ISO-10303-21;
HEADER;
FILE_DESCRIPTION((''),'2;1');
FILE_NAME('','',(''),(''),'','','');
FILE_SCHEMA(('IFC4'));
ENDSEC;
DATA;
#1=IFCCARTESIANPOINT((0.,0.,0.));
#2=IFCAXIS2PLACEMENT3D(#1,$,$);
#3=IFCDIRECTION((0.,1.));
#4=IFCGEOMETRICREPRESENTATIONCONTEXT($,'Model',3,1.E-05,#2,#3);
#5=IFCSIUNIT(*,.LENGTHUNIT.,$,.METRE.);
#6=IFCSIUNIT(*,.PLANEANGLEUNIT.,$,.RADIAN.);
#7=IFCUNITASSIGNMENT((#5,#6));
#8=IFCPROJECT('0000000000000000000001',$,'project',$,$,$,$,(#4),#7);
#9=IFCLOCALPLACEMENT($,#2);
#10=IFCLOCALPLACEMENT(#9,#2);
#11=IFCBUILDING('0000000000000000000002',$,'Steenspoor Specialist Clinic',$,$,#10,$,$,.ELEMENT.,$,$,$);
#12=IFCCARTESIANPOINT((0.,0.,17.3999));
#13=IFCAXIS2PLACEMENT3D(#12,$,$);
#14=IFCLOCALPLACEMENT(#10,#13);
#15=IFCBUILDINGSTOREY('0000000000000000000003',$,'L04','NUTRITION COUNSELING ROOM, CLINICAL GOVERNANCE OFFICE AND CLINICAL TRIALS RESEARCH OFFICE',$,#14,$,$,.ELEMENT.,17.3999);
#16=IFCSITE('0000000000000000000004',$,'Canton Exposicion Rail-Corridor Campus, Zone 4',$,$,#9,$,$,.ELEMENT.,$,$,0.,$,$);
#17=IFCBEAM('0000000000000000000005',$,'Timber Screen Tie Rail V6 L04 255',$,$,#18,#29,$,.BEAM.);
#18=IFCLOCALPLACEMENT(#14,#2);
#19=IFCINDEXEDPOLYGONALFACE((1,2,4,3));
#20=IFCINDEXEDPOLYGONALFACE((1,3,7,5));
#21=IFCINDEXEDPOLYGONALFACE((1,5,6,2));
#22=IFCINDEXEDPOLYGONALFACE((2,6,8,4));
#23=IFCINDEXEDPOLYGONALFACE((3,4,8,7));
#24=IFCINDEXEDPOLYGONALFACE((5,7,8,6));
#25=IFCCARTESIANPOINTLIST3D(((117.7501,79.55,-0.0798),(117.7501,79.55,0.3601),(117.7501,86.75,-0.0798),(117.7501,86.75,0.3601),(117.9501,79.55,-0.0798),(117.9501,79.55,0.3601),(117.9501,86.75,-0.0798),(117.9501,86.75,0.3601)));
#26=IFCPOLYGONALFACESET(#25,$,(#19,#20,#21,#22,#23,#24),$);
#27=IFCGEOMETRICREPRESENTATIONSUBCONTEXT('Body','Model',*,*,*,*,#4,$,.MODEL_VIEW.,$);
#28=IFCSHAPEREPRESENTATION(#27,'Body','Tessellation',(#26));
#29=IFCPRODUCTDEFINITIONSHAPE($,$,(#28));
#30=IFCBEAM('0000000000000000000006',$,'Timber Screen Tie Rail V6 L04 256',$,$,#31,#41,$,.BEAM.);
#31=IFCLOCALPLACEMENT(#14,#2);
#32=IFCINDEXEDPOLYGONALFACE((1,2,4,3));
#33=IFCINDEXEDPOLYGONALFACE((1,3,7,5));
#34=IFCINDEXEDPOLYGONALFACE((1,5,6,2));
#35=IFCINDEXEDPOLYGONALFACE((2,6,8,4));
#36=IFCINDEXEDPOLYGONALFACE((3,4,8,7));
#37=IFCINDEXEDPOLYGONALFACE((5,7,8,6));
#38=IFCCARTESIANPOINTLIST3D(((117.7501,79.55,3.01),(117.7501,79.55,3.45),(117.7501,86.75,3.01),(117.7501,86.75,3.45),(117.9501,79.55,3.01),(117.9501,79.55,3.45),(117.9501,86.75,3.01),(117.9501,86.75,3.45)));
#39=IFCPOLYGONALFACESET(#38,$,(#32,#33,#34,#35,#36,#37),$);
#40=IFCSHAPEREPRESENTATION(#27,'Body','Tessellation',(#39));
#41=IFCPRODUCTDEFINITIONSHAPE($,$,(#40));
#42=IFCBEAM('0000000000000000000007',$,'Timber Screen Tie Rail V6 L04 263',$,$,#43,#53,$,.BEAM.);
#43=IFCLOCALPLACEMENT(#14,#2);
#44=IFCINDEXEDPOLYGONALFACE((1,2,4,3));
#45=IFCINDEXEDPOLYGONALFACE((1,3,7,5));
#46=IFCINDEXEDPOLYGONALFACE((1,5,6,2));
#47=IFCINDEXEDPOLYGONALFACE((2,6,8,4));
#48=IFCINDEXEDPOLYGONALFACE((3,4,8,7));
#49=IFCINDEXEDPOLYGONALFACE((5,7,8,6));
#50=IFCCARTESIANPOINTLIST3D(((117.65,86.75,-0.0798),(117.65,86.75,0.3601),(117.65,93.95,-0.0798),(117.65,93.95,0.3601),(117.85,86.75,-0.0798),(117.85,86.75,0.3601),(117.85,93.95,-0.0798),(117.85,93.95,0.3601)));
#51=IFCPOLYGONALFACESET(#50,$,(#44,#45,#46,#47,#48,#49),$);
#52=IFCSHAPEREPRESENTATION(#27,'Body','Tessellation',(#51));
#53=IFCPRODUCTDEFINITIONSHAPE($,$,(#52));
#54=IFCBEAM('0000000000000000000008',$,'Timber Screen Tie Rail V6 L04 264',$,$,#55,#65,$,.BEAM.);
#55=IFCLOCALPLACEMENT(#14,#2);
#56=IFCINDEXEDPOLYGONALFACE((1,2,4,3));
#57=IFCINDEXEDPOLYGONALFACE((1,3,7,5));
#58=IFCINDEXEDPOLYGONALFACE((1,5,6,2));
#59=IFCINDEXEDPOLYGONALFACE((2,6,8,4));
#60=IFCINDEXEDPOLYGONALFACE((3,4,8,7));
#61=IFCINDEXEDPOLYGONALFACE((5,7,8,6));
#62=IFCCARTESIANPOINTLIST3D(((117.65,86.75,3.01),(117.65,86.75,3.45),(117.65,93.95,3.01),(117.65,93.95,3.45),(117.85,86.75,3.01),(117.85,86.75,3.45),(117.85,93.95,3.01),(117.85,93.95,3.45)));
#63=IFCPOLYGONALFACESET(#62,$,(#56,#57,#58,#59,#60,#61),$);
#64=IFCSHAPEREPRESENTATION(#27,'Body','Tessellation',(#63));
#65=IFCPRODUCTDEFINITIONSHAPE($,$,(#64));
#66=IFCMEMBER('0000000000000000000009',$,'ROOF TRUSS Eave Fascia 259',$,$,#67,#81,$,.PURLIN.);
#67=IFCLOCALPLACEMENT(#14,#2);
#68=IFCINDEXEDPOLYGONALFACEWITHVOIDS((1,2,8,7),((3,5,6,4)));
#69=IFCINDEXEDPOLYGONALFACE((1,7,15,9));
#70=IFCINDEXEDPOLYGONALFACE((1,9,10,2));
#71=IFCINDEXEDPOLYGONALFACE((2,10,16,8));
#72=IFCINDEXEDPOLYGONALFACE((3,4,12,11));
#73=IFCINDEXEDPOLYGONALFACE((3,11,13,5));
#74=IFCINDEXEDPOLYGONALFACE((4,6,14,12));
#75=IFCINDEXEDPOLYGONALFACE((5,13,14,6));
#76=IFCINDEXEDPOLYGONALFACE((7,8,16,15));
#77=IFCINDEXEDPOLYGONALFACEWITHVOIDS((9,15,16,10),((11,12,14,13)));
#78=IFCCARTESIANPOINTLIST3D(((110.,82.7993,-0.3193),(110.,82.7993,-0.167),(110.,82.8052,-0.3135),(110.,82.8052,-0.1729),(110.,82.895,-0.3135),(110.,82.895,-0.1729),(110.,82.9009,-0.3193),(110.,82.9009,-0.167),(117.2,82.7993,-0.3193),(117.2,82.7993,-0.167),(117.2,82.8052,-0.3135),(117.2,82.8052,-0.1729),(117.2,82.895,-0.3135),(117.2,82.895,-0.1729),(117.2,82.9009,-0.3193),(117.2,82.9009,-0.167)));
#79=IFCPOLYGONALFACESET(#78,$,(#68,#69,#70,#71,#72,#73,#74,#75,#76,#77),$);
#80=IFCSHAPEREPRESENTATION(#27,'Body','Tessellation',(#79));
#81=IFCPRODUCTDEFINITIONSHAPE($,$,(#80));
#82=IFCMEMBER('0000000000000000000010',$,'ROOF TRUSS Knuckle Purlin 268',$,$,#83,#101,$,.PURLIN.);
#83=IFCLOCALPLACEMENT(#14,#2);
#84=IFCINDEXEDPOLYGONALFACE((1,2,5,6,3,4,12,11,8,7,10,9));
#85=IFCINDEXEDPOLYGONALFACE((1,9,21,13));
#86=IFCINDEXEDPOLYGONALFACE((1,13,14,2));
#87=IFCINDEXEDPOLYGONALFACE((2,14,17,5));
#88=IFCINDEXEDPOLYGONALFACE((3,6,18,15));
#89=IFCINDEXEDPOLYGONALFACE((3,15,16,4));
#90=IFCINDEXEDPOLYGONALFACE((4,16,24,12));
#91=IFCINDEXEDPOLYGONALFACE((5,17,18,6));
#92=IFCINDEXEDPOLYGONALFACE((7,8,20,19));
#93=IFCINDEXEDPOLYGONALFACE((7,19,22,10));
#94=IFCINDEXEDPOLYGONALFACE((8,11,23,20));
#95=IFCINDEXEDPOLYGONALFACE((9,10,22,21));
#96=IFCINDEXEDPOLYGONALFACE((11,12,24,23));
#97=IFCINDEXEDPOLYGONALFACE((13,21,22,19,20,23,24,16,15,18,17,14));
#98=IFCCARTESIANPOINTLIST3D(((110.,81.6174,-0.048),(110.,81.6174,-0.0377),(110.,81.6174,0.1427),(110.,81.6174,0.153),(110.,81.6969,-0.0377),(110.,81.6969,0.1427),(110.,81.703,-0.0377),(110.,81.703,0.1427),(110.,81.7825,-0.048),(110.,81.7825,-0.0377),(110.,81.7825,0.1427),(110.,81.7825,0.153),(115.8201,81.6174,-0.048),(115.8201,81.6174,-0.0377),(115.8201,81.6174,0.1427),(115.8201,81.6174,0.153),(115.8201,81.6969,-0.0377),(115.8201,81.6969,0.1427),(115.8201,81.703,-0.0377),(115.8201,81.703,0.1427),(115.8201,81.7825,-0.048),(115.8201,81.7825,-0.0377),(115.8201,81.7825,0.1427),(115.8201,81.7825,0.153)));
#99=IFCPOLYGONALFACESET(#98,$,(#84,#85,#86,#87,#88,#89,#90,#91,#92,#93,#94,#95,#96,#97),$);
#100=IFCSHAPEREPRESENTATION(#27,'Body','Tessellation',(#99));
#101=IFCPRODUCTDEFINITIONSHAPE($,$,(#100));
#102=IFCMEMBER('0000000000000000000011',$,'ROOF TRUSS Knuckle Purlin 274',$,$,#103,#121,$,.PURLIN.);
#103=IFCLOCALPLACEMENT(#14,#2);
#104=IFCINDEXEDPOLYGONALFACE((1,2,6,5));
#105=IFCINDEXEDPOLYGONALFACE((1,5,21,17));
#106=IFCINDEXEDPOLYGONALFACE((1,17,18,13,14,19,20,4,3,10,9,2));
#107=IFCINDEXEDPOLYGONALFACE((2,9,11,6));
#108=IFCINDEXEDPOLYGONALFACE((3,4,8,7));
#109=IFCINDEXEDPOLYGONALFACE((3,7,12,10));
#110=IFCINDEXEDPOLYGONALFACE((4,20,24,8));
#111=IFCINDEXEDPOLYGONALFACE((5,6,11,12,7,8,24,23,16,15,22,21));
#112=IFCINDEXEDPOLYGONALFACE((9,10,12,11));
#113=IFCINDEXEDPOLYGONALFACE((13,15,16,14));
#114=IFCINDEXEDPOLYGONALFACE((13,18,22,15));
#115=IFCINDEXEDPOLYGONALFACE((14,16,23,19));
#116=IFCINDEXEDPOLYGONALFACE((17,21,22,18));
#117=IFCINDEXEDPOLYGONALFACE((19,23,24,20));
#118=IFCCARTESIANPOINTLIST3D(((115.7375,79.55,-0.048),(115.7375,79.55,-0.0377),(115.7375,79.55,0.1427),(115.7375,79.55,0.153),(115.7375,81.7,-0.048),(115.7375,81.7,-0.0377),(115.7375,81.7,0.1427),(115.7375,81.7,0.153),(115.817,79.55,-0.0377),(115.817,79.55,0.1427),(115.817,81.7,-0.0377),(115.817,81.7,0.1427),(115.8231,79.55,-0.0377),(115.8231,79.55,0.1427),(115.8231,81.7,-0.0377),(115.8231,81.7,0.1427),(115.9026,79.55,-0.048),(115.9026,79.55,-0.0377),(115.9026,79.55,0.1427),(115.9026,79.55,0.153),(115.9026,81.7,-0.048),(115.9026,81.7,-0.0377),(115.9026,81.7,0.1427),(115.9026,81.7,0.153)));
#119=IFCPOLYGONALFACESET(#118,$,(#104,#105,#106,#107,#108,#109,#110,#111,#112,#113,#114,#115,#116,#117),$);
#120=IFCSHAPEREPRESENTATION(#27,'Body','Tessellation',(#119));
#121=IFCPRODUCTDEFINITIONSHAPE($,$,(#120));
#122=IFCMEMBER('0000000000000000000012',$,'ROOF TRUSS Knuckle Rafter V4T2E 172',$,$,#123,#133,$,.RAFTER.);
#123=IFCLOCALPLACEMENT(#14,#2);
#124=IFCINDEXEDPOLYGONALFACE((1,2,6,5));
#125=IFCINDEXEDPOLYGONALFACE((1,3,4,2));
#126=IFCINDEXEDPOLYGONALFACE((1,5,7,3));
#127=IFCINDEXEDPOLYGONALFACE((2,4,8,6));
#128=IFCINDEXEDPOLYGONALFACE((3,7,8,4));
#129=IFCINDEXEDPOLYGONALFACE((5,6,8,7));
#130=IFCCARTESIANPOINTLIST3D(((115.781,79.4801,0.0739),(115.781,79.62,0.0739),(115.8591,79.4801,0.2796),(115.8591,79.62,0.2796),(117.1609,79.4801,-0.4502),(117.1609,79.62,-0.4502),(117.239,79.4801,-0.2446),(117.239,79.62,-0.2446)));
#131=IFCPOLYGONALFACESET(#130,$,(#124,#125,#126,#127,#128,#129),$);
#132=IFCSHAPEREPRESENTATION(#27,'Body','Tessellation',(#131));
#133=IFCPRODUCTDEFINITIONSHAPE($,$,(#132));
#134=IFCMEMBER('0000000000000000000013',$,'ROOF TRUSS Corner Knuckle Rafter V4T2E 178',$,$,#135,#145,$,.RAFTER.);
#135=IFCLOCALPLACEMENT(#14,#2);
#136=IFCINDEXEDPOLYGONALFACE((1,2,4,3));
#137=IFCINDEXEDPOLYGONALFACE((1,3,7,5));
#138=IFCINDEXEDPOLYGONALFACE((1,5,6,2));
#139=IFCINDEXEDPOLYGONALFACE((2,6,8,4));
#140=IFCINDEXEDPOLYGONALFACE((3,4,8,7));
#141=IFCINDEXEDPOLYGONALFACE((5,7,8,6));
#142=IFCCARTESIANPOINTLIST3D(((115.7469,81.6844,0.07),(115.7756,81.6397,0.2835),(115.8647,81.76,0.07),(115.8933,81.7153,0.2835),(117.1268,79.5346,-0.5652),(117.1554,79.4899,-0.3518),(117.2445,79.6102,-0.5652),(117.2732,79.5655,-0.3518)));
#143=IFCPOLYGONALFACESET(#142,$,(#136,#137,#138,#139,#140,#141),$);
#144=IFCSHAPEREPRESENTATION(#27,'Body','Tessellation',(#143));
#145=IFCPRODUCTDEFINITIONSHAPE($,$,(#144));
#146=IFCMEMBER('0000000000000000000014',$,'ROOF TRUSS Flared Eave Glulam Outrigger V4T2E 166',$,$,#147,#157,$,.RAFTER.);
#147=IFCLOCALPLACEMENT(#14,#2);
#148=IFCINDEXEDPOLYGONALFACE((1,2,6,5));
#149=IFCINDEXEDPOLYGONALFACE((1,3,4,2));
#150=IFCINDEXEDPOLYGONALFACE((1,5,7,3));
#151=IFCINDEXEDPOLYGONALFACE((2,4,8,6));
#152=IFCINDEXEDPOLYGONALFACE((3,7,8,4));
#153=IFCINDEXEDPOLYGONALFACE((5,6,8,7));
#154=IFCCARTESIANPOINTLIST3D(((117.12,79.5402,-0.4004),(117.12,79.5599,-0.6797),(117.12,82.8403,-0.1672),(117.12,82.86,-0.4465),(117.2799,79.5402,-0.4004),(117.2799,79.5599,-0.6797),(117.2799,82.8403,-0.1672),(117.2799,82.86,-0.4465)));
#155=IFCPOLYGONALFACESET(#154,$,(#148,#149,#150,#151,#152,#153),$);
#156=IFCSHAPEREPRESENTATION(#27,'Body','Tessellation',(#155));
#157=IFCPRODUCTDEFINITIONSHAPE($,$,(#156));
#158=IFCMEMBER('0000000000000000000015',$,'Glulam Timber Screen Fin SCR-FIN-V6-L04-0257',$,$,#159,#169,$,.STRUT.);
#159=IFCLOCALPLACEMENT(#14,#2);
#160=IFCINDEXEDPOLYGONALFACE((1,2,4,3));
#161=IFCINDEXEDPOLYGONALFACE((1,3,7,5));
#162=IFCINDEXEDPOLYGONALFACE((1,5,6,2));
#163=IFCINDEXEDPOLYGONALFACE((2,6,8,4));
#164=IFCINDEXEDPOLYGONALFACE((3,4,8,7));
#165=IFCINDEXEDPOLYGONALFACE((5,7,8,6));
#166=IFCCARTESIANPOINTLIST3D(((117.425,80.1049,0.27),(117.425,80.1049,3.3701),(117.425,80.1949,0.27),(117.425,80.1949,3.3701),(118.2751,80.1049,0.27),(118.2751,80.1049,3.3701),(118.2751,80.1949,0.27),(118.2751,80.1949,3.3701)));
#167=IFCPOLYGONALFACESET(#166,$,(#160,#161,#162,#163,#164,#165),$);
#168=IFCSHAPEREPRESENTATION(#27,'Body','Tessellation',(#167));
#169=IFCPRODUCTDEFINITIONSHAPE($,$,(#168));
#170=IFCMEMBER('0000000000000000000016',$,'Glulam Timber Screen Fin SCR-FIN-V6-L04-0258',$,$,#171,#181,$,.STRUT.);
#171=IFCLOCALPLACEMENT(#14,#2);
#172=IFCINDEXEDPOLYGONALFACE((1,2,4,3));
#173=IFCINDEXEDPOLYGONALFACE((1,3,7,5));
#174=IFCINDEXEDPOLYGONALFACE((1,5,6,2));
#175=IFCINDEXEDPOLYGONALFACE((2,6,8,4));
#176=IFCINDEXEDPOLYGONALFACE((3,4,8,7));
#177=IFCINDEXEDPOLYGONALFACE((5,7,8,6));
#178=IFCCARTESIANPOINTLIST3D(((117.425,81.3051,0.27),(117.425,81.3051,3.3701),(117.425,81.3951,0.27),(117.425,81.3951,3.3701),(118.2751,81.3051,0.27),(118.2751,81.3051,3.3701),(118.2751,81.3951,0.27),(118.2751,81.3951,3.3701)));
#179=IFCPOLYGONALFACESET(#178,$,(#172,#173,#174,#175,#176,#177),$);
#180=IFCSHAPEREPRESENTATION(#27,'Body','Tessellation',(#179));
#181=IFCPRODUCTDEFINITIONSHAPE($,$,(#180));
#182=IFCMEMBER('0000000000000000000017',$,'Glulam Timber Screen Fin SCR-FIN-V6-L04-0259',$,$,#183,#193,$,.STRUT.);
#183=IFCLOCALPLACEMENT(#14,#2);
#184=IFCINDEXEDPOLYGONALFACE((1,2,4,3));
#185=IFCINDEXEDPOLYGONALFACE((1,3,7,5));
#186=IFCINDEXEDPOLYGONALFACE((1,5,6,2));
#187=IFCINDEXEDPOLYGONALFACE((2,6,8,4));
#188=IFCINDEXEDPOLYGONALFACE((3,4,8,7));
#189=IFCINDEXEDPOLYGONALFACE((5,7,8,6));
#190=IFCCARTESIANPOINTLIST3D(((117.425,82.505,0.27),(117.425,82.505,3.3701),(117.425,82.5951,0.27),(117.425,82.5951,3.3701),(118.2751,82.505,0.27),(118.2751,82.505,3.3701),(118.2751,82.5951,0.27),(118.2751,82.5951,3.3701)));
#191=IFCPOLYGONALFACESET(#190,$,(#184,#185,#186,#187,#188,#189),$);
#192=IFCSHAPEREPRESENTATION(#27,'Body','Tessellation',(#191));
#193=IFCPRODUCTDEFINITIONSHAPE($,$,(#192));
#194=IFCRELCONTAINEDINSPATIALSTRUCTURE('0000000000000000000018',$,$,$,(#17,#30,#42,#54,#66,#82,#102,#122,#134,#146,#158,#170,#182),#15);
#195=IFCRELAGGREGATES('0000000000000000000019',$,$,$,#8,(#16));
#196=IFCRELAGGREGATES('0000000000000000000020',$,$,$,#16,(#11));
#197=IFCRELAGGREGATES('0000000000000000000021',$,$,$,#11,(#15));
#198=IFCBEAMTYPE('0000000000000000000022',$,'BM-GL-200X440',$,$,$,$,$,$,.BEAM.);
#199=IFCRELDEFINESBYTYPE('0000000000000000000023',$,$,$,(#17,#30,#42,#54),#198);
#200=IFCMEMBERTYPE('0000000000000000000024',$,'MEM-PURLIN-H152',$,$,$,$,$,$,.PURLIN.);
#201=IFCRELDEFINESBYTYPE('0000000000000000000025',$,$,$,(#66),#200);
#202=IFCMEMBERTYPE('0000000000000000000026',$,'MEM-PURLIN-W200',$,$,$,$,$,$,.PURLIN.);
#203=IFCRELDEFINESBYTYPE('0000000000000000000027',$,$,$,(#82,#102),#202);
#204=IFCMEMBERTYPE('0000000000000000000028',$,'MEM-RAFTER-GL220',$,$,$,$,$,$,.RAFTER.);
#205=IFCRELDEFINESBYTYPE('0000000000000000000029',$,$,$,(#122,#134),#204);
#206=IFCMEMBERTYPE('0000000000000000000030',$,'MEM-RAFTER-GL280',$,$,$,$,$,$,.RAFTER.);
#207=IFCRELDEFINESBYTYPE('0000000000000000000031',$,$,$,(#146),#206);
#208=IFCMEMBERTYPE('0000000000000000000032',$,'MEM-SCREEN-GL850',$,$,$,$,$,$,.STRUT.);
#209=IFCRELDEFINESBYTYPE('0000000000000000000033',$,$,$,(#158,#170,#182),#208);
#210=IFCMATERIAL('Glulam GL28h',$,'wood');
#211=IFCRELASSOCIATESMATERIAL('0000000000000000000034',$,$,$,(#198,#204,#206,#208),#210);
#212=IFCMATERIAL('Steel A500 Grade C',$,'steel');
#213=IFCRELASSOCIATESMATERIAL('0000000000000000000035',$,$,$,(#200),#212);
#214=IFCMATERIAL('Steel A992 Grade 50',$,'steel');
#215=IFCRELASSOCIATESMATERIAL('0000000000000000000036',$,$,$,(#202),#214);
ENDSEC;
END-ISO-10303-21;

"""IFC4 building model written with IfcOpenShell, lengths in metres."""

from ifc_helpers import new_model, si_unit, direction, frame, origin, origin_2d, place, context, subcontext, project, spatial, rectangle, hollow_rectangle, i_section, extrude, material, material_profile, profile_set, type_object, element, save


model = new_model("IFC4")

# Units and contexts
model_context = context("Model", 3, precision=1e-05, world=origin(), true_north=direction((0.0, 1.0)))
body_context = subcontext(model_context, "Body", "Model", "MODEL_VIEW")
ifc_project = project(units=[si_unit("LENGTHUNIT", "METRE"), si_unit("PLANEANGLEUNIT", "RADIAN")], contexts=[model_context])

# Site, building, storey
site_placement = place(None, origin())
site = spatial("IfcSite", under=ifc_project, at=site_placement, Name="Canton Exposicion Rail-Corridor Campus, Zone 4", CompositionType="ELEMENT", RefElevation=0.0)
building_placement = place(site_placement, origin())
building = spatial("IfcBuilding", under=site, at=building_placement, Name="Steenspoor Specialist Clinic", CompositionType="ELEMENT")
storey_placement = place(building_placement, frame((0.0, 0.0, 17.3999)))
storey = spatial("IfcBuildingStorey", under=building, at=storey_placement, Name="L04", Description="NUTRITION COUNSELING ROOM, CLINICAL GOVERNANCE OFFICE AND CLINICAL TRIALS RESEARCH OFFICE", CompositionType="ELEMENT", Elevation=17.3999)

# Beams
ifc_material_1 = material(Name="Glulam GL28h", Category="wood")
ifc_material_profile_1 = material_profile(ifc_material_1, rectangle(XDim=0.2, YDim=0.4399, at=origin_2d()), Name="GL28H-200X440")
ifc_profile_set_1 = profile_set([ifc_material_profile_1], Name="Glulam GL28h")
beam_type = type_object("IfcBeamType", Name="BM-GL-200X440", PredefinedType="BEAM", material=ifc_profile_set_1)
for number, where, z_axis, x_axis, name in (
    (1, (117.8501, 79.55, 0.1401), (0.0, 1.0, 0.0), (-1.0, 0.0, 0.0), "Timber Screen Tie Rail V6 L04 255"),
    (2, (117.8501, 79.55, 3.23), (0.0, 1.0, 0.0), (-1.0, 0.0, 0.0), "Timber Screen Tie Rail V6 L04 256"),
    (3, (117.75, 86.75, 0.1401), (0.0, 1.0, 0.0), (-1.0, 0.0, 0.0), "Timber Screen Tie Rail V6 L04 263"),
    (4, (117.75, 86.75, 3.23), (0.0, 1.0, 0.0), (-1.0, 0.0, 0.0), "Timber Screen Tie Rail V6 L04 264"),
):
    element("IfcBeam", number, at=place(storey_placement, frame(where, z_axis=z_axis, x_axis=x_axis)), inside=storey, type_object=beam_type, Name=name, PredefinedType="BEAM", context=body_context, shape_type="SweptSolid", body=[
        extrude(rectangle(XDim=0.2, YDim=0.4399, at=origin_2d()), origin(), (0.0, 0.0, 1.0), 7.2),
    ])

# Members
ifc_material_2 = material(Name="Steel A500 Grade C", Category="steel")
ifc_material_profile_2 = material_profile(ifc_material_2, hollow_rectangle(XDim=0.1016, YDim=0.1523, WallThickness=0.0059, at=origin_2d()), Name="HSS152X102X6.4")
ifc_profile_set_2 = profile_set([ifc_material_profile_2], Name="Steel A500 Grade C")
member_type_1 = type_object("IfcMemberType", Name="MEM-PURLIN-H152", PredefinedType="PURLIN", material=ifc_profile_set_2)
member_1_placement = place(storey_placement, frame((110.0, 82.8501, -0.2432), z_axis=(1.0, 0.0, 0.0), x_axis=(0.0, 1.0, 0.0)))
element("IfcMember", 5, at=member_1_placement, inside=storey, type_object=member_type_1, Name="ROOF TRUSS Eave Fascia 259", PredefinedType="PURLIN", context=body_context, shape_type="SweptSolid", body=[
    extrude(hollow_rectangle(XDim=0.1016, YDim=0.1523, WallThickness=0.0059, at=origin_2d()), origin(), (0.0, 0.0, 1.0), 7.2),
])
ifc_material_3 = material(Name="Steel A992 Grade 50", Category="steel")
ifc_material_profile_3 = material_profile(ifc_material_3, i_section(OverallWidth=0.165, OverallDepth=0.2009, WebThickness=0.0061, FlangeThickness=0.0103, at=origin_2d()), Name="W200X36")
ifc_profile_set_3 = profile_set([ifc_material_profile_3], Name="Steel A992 Grade 50")
member_type_2 = type_object("IfcMemberType", Name="MEM-PURLIN-W200", PredefinedType="PURLIN", material=ifc_profile_set_3)
member_2_placement = place(storey_placement, frame((110.0, 81.7, 0.0525), z_axis=(1.0, 0.0, 0.0), x_axis=(0.0, 1.0, 0.0)))
element("IfcMember", 6, at=member_2_placement, inside=storey, type_object=member_type_2, Name="ROOF TRUSS Knuckle Purlin 268", PredefinedType="PURLIN", context=body_context, shape_type="SweptSolid", body=[
    extrude(i_section(OverallWidth=0.165, OverallDepth=0.2009, WebThickness=0.0061, FlangeThickness=0.0103, at=origin_2d()), origin(), (0.0, 0.0, 1.0), 5.8201),
])
member_3_placement = place(storey_placement, frame((115.8201, 79.55, 0.0525), z_axis=(0.0, 1.0, 0.0), x_axis=(-1.0, 0.0, 0.0)))
element("IfcMember", 7, at=member_3_placement, inside=storey, type_object=member_type_2, Name="ROOF TRUSS Knuckle Purlin 274", PredefinedType="PURLIN", context=body_context, shape_type="SweptSolid", body=[
    extrude(i_section(OverallWidth=0.165, OverallDepth=0.2009, WebThickness=0.0061, FlangeThickness=0.0103, at=origin_2d()), origin(), (0.0, 0.0, 1.0), 2.1499),
])
ifc_material_profile_4 = material_profile(ifc_material_1, rectangle(XDim=0.1399, YDim=0.22, at=origin_2d()), Name="GL28H-140X220")
ifc_profile_set_4 = profile_set([ifc_material_profile_4], Name="Glulam GL28h")
member_type_3 = type_object("IfcMemberType", Name="MEM-RAFTER-GL220", PredefinedType="RAFTER", material=ifc_profile_set_4)
member_4_placement = place(storey_placement, frame((117.2, 79.55, -0.3474), z_axis=(-0.934825, 0.0, 0.355108), x_axis=(0.0, -1.0, 0.0)))
element("IfcMember", 8, at=member_4_placement, inside=storey, type_object=member_type_3, Name="ROOF TRUSS Knuckle Rafter V4T2E 172", PredefinedType="RAFTER", context=body_context, shape_type="SweptSolid", body=[
    extrude(rectangle(XDim=0.1399, YDim=0.22, at=origin_2d()), origin(), (0.0, 0.0, 1.0), 1.4761),
])
member_5_placement = place(storey_placement, frame((117.2, 79.55, -0.4585), z_axis=(-0.524185, 0.816698, 0.241318), x_axis=(-0.841569, -0.540149, 0.0)))
element("IfcMember", 9, at=member_5_placement, inside=storey, type_object=member_type_3, Name="ROOF TRUSS Corner Knuckle Rafter V4T2E 178", PredefinedType="RAFTER", context=body_context, shape_type="SweptSolid", body=[
    extrude(rectangle(XDim=0.1399, YDim=0.22, at=origin_2d()), origin(), (0.0, 0.0, 1.0), 2.6323),
])
ifc_material_profile_5 = material_profile(ifc_material_1, rectangle(XDim=0.1599, YDim=0.28, at=origin_2d()), Name="GL28H-160X280")
ifc_profile_set_5 = profile_set([ifc_material_profile_5], Name="Glulam GL28h")
member_type_4 = type_object("IfcMemberType", Name="MEM-RAFTER-GL280", PredefinedType="RAFTER", material=ifc_profile_set_5)
member_6_placement = place(storey_placement, frame((117.2, 79.55, -0.54), z_axis=(0.0, 0.997513, 0.070476), x_axis=(-1.0, 0.0, 0.0)))
element("IfcMember", 10, at=member_6_placement, inside=storey, type_object=member_type_4, Name="ROOF TRUSS Flared Eave Glulam Outrigger V4T2E 166", PredefinedType="RAFTER", context=body_context, shape_type="SweptSolid", body=[
    extrude(rectangle(XDim=0.1599, YDim=0.28, at=origin_2d()), origin(), (0.0, 0.0, 1.0), 3.3083),
])
ifc_material_profile_6 = material_profile(ifc_material_1, rectangle(XDim=0.0901, YDim=0.8501, at=origin_2d()), Name="GL28H-90X850")
ifc_profile_set_6 = profile_set([ifc_material_profile_6], Name="Glulam GL28h")
member_type_5 = type_object("IfcMemberType", Name="MEM-SCREEN-GL850", PredefinedType="STRUT", material=ifc_profile_set_6)
for number, where, z_axis, x_axis, name in (
    (11, (117.8501, 80.1499, 0.27), (0.0, 0.0, 1.0), (0.0, 1.0, 0.0), "Glulam Timber Screen Fin SCR-FIN-V6-L04-0257"),
    (12, (117.8501, 81.3501, 0.27), (0.0, 0.0, 1.0), (0.0, 1.0, 0.0), "Glulam Timber Screen Fin SCR-FIN-V6-L04-0258"),
    (13, (117.8501, 82.55, 0.27), (0.0, 0.0, 1.0), (0.0, 1.0, 0.0), "Glulam Timber Screen Fin SCR-FIN-V6-L04-0259"),
):
    element("IfcMember", number, at=place(storey_placement, frame(where, z_axis=z_axis, x_axis=x_axis)), inside=storey, type_object=member_type_5, Name=name, PredefinedType="STRUT", context=body_context, shape_type="SweptSolid", body=[
        extrude(rectangle(XDim=0.0901, YDim=0.8501, at=origin_2d()), origin(), (0.0, 0.0, 1.0), 3.1001),
    ])

save(model, "model.ifc")
